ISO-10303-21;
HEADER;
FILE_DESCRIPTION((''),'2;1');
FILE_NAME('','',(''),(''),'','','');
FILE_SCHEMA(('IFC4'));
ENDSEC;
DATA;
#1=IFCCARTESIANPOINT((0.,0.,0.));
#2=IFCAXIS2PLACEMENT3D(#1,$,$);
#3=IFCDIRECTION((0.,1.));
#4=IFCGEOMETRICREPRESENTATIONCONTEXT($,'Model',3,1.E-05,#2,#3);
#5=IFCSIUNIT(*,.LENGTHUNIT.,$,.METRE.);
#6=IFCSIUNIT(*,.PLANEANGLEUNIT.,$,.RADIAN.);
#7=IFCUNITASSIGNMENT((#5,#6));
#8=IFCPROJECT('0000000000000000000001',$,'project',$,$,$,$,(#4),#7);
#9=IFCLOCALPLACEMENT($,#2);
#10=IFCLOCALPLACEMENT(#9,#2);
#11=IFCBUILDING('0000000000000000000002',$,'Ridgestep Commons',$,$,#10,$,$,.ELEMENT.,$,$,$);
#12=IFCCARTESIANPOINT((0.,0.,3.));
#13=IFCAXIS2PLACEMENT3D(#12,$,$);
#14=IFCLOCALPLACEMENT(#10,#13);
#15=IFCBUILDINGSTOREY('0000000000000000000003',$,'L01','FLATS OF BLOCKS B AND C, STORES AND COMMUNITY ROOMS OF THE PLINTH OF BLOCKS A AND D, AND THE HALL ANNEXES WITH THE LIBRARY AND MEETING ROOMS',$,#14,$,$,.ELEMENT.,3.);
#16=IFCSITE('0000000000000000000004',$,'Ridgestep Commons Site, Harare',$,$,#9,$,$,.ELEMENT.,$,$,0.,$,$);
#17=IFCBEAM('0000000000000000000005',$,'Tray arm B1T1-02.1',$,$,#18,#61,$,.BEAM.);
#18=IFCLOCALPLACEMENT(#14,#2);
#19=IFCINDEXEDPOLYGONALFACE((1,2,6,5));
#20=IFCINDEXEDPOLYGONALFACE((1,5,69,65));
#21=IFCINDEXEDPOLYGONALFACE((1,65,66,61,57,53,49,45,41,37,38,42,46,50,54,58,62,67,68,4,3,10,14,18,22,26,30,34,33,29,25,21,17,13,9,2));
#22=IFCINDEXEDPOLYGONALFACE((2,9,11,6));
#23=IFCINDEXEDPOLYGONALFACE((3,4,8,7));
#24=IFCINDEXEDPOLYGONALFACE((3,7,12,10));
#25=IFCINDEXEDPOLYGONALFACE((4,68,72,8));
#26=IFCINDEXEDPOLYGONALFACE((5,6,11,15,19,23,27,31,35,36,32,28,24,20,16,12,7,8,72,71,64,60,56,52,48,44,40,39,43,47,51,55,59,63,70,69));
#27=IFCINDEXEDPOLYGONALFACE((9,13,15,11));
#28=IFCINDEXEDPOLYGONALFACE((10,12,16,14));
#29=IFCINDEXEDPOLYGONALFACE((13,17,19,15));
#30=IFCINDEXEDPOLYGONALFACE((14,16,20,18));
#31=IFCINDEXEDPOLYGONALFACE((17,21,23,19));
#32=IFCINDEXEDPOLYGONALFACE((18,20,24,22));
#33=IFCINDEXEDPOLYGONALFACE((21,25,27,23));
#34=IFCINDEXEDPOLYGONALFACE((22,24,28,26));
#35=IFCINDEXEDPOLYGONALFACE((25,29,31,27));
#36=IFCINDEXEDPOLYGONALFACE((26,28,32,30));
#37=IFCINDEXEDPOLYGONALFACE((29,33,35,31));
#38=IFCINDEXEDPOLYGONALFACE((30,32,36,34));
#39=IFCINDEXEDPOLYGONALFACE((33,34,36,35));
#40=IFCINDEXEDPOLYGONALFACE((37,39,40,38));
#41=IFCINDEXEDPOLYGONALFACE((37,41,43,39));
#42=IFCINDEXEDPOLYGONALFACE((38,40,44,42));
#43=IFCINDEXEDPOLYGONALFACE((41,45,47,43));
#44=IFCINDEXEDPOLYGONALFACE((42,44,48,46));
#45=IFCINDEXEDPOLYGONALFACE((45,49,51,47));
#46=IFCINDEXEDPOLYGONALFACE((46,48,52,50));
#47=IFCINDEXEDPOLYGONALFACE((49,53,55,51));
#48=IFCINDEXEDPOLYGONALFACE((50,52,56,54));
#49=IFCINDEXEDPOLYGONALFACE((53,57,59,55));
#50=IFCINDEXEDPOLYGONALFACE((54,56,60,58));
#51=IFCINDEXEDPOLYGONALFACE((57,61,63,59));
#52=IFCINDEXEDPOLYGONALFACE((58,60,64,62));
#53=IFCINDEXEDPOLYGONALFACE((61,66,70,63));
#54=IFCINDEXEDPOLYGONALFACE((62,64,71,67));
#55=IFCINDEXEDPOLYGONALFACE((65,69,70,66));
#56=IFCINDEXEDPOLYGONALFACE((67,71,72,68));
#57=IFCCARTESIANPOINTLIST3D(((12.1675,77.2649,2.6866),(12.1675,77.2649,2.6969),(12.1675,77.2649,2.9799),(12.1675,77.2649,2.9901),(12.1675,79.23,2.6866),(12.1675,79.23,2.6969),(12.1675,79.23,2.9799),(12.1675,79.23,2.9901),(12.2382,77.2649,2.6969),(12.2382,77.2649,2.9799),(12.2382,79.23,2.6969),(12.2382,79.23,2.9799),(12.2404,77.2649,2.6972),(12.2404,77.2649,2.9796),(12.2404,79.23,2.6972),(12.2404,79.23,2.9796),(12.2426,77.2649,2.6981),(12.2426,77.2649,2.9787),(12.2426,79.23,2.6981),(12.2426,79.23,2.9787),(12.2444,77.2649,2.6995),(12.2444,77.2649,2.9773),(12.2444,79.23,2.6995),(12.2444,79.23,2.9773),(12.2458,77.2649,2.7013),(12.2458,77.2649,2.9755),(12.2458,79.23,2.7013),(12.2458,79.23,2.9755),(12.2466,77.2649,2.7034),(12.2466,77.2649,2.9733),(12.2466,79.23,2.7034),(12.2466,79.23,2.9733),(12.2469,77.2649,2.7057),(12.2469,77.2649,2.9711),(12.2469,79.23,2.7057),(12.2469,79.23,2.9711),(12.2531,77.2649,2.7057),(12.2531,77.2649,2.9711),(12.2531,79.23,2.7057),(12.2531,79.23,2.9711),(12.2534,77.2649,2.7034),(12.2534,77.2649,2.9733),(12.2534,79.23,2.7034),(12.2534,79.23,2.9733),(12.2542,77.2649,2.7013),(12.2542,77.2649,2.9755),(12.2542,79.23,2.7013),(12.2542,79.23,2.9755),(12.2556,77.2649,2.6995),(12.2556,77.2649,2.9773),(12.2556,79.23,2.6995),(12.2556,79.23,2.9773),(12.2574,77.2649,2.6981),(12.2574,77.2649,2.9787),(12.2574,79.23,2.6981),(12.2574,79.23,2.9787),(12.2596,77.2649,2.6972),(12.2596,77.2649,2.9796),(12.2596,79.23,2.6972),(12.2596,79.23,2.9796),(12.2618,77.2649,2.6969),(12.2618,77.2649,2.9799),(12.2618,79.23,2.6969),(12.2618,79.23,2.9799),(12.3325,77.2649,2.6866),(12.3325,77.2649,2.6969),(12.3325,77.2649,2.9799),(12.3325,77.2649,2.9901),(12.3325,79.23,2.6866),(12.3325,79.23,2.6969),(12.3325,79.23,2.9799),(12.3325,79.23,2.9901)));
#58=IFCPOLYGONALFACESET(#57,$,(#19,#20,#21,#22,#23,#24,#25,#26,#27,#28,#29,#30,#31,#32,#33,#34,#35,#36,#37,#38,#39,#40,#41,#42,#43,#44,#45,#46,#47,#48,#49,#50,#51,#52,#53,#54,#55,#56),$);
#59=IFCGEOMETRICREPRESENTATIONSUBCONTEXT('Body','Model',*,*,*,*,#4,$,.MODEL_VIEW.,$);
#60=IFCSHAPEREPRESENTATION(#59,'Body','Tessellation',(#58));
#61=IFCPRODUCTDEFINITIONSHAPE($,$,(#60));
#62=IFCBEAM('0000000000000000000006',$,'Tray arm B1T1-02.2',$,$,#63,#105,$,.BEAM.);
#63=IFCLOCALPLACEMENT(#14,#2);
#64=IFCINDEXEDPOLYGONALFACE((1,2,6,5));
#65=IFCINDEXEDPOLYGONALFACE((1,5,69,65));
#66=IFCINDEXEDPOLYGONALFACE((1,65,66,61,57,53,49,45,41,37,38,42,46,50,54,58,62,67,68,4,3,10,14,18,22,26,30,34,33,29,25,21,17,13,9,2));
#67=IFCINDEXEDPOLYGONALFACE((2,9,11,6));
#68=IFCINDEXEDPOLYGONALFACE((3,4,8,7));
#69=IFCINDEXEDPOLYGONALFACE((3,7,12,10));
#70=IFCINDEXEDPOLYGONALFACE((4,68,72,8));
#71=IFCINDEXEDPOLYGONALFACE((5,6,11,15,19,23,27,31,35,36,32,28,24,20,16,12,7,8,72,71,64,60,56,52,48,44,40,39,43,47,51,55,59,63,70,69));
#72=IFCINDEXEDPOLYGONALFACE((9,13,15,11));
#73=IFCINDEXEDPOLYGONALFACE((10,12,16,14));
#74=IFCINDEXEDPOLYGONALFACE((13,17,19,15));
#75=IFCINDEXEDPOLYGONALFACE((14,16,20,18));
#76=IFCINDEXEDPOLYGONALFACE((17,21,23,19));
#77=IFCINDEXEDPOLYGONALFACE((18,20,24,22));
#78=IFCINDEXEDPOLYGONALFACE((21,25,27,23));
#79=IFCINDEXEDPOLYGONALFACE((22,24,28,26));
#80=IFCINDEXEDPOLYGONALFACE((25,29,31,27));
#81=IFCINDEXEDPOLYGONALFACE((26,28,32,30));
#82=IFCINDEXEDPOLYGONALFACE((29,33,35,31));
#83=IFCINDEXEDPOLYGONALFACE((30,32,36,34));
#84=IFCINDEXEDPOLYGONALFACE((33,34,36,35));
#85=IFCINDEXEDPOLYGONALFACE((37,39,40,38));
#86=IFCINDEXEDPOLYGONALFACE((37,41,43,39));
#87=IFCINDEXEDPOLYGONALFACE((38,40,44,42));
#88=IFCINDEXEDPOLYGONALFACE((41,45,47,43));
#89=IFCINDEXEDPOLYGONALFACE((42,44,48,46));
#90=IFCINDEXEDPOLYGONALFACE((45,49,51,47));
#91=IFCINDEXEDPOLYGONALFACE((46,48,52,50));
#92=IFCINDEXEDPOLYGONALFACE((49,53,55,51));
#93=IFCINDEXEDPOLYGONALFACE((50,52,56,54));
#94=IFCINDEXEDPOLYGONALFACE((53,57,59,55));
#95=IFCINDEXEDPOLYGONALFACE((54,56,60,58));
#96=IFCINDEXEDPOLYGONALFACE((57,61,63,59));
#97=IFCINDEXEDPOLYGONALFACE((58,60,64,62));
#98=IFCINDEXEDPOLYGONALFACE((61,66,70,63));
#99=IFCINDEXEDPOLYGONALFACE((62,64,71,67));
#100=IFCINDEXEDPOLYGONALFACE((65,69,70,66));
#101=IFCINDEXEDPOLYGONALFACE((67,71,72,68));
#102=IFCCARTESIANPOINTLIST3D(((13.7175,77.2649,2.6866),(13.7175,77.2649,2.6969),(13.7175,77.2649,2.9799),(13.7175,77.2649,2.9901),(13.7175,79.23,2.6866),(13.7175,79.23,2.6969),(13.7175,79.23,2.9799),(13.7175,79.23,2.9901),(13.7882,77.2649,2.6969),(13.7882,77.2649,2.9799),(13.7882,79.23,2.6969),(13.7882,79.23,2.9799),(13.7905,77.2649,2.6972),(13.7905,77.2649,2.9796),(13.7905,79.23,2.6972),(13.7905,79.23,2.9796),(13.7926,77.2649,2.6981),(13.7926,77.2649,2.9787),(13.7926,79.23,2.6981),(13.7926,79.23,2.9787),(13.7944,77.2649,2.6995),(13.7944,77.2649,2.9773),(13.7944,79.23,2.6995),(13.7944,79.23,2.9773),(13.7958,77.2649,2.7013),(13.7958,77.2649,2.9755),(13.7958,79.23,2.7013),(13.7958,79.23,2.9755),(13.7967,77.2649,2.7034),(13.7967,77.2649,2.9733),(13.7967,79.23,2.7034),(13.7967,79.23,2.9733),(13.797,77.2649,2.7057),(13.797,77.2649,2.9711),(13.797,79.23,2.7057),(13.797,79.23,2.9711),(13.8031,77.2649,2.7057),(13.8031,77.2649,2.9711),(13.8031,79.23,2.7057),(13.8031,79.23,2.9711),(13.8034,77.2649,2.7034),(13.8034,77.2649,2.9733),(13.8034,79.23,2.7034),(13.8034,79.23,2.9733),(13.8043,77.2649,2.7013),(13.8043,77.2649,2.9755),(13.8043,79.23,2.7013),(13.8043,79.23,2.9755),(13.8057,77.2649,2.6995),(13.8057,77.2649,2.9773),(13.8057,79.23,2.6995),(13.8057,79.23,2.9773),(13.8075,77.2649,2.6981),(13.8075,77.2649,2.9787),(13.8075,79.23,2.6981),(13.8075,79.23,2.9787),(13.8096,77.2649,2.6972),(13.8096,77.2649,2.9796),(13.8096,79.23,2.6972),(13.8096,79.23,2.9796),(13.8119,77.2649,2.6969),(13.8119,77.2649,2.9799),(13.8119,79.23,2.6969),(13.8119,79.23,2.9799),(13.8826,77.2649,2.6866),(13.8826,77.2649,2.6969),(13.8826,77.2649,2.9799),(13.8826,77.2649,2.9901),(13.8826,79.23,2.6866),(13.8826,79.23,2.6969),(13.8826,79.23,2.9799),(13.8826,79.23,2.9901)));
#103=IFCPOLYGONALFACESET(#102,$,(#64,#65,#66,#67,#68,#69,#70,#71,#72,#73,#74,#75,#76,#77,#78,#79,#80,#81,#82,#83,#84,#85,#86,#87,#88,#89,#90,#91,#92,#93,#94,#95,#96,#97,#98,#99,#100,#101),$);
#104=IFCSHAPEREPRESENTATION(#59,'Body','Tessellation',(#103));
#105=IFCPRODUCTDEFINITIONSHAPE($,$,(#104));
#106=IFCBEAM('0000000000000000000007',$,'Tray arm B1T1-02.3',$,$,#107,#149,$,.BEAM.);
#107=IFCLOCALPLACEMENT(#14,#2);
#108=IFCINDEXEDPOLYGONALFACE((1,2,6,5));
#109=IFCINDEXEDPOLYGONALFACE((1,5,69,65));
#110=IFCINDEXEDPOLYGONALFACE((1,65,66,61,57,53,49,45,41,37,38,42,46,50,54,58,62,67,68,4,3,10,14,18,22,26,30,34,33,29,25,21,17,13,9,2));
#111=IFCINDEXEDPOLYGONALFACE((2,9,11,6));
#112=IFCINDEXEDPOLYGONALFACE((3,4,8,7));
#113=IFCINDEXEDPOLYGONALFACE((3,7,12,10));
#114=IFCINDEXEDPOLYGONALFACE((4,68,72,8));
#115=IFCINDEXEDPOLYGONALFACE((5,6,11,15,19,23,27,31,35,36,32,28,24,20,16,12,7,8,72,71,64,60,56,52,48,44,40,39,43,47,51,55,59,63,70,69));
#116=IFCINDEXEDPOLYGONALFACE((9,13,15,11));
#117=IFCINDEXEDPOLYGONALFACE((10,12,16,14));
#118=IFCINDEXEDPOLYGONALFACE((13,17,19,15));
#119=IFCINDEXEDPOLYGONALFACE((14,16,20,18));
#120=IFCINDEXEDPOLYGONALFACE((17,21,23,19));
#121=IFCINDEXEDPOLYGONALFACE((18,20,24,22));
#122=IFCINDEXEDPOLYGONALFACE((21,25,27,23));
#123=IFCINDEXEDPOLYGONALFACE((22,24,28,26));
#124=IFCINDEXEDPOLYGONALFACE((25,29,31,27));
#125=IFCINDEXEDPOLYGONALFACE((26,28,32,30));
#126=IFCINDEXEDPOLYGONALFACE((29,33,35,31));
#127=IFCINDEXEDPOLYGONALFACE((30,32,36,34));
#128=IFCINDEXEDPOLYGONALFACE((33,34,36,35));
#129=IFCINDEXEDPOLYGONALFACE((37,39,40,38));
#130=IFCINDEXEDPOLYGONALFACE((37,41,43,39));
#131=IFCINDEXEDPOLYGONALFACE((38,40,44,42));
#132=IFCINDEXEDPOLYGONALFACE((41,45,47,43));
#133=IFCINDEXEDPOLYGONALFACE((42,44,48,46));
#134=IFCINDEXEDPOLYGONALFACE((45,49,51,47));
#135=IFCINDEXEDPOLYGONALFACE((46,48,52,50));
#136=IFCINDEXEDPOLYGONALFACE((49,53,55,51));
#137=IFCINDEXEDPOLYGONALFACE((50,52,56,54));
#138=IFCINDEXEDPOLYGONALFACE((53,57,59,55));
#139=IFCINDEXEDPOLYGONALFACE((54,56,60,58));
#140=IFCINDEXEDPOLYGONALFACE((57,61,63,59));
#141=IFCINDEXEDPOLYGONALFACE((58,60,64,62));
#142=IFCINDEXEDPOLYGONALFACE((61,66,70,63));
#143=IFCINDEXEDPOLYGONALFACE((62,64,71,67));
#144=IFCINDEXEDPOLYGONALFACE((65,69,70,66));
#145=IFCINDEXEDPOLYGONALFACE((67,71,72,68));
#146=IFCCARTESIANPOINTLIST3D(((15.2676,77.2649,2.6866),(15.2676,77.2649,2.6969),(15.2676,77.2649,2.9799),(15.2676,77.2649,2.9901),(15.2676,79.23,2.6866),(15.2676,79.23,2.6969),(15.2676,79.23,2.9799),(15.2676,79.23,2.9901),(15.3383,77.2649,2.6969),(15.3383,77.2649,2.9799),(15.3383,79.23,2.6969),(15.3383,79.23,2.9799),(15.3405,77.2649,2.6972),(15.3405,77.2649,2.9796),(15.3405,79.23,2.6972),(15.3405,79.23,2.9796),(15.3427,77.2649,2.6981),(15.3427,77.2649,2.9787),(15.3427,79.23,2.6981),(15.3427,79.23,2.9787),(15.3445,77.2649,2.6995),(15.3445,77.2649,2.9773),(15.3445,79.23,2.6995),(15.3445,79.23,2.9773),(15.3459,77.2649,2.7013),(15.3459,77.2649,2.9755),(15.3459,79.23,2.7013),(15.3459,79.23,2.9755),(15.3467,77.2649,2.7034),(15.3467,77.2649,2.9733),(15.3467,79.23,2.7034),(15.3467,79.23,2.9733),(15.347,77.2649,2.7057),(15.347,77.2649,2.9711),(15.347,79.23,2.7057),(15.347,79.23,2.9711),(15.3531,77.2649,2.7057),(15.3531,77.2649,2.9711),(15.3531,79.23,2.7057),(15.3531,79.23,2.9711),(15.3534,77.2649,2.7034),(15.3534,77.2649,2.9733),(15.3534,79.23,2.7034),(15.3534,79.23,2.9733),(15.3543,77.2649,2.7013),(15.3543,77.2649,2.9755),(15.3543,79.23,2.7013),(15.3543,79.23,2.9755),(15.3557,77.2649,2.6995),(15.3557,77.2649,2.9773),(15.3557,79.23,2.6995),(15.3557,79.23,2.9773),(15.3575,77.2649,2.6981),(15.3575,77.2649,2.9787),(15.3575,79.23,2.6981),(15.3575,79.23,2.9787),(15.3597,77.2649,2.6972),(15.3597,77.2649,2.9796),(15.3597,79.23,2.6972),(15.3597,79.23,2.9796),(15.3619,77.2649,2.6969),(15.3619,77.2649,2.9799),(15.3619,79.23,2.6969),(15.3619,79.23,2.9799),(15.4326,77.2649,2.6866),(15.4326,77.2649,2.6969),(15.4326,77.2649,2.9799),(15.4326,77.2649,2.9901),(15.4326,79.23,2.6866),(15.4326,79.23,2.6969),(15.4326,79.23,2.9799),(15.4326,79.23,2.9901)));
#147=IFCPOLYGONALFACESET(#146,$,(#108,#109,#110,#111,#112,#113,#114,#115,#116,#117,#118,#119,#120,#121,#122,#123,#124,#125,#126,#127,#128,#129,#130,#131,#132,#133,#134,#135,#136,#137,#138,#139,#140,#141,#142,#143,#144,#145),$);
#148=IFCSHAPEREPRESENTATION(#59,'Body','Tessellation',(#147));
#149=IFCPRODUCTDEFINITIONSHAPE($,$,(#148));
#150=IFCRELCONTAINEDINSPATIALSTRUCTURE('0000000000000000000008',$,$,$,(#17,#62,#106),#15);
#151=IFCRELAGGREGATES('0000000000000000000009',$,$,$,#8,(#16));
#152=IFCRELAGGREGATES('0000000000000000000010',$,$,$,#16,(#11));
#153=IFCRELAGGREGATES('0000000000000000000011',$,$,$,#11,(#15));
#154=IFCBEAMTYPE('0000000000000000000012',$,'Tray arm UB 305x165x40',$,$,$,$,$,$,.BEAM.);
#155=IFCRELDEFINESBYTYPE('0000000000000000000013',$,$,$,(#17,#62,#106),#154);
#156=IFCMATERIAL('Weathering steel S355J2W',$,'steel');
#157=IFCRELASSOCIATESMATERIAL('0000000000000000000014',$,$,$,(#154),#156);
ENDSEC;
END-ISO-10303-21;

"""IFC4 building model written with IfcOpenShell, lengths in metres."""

from ifc_helpers import new_model, si_unit, direction, frame, origin, origin_2d, place, context, subcontext, project, spatial, i_section, extrude, material, material_profile, profile_set, type_object, element, save


model = new_model("IFC4")

# Units and contexts
model_context = context("Model", 3, precision=1e-05, world=origin(), true_north=direction((0.0, 1.0)))
body_context = subcontext(model_context, "Body", "Model", "MODEL_VIEW")
ifc_project = project(units=[si_unit("LENGTHUNIT", "METRE"), si_unit("PLANEANGLEUNIT", "RADIAN")], contexts=[model_context])

# Site, building, storey
site_placement = place(None, origin())
site = spatial("IfcSite", under=ifc_project, at=site_placement, Name="Ridgestep Commons Site, Harare", CompositionType="ELEMENT", RefElevation=0.0)
building_placement = place(site_placement, origin())
building = spatial("IfcBuilding", under=site, at=building_placement, Name="Ridgestep Commons", CompositionType="ELEMENT")
storey_placement = place(building_placement, frame((0.0, 0.0, 3.0)))
storey = spatial("IfcBuildingStorey", under=building, at=storey_placement, Name="L01", Description="FLATS OF BLOCKS B AND C, STORES AND COMMUNITY ROOMS OF THE PLINTH OF BLOCKS A AND D, AND THE HALL ANNEXES WITH THE LIBRARY AND MEETING ROOMS", CompositionType="ELEMENT", Elevation=3.0)

# Beams
ifc_material_1 = material(Name="Weathering steel S355J2W", Category="steel")
ifc_material_profile_1 = material_profile(ifc_material_1, i_section(OverallWidth=0.165, OverallDepth=0.3035, WebThickness=0.0061, FlangeThickness=0.0103, FilletRadius=0.0088, at=origin_2d()), Name="UB 305x165x40")
ifc_profile_set_1 = profile_set([ifc_material_profile_1], Name="Weathering steel S355J2W")
beam_type_1 = type_object("IfcBeamType", Name="Tray arm UB 305x165x40", PredefinedType="BEAM", material=ifc_profile_set_1)
for number, where, z_axis, x_axis, name in (
    (1, (12.25, 77.2649, 2.8384), (0.0, 1.0, 0.0), (-1.0, 0.0, 0.0), "Tray arm B1T1-02.1"),
    (2, (13.8, 77.2649, 2.8384), (0.0, 1.0, 0.0), (-1.0, 0.0, 0.0), "Tray arm B1T1-02.2"),
    (3, (15.3501, 77.2649, 2.8384), (0.0, 1.0, 0.0), (-1.0, 0.0, 0.0), "Tray arm B1T1-02.3"),
):
    element("IfcBeam", number, at=place(storey_placement, frame(where, z_axis=z_axis, x_axis=x_axis)), inside=storey, type_object=beam_type_1, Name=name, PredefinedType="BEAM", context=body_context, shape_type="SweptSolid", body=[
        extrude(i_section(OverallWidth=0.165, OverallDepth=0.3035, WebThickness=0.0061, FlangeThickness=0.0103, FilletRadius=0.0088, at=origin_2d()), origin(), (0.0, 0.0, 1.0), 1.9651),
    ])

save(model, "model.ifc")
